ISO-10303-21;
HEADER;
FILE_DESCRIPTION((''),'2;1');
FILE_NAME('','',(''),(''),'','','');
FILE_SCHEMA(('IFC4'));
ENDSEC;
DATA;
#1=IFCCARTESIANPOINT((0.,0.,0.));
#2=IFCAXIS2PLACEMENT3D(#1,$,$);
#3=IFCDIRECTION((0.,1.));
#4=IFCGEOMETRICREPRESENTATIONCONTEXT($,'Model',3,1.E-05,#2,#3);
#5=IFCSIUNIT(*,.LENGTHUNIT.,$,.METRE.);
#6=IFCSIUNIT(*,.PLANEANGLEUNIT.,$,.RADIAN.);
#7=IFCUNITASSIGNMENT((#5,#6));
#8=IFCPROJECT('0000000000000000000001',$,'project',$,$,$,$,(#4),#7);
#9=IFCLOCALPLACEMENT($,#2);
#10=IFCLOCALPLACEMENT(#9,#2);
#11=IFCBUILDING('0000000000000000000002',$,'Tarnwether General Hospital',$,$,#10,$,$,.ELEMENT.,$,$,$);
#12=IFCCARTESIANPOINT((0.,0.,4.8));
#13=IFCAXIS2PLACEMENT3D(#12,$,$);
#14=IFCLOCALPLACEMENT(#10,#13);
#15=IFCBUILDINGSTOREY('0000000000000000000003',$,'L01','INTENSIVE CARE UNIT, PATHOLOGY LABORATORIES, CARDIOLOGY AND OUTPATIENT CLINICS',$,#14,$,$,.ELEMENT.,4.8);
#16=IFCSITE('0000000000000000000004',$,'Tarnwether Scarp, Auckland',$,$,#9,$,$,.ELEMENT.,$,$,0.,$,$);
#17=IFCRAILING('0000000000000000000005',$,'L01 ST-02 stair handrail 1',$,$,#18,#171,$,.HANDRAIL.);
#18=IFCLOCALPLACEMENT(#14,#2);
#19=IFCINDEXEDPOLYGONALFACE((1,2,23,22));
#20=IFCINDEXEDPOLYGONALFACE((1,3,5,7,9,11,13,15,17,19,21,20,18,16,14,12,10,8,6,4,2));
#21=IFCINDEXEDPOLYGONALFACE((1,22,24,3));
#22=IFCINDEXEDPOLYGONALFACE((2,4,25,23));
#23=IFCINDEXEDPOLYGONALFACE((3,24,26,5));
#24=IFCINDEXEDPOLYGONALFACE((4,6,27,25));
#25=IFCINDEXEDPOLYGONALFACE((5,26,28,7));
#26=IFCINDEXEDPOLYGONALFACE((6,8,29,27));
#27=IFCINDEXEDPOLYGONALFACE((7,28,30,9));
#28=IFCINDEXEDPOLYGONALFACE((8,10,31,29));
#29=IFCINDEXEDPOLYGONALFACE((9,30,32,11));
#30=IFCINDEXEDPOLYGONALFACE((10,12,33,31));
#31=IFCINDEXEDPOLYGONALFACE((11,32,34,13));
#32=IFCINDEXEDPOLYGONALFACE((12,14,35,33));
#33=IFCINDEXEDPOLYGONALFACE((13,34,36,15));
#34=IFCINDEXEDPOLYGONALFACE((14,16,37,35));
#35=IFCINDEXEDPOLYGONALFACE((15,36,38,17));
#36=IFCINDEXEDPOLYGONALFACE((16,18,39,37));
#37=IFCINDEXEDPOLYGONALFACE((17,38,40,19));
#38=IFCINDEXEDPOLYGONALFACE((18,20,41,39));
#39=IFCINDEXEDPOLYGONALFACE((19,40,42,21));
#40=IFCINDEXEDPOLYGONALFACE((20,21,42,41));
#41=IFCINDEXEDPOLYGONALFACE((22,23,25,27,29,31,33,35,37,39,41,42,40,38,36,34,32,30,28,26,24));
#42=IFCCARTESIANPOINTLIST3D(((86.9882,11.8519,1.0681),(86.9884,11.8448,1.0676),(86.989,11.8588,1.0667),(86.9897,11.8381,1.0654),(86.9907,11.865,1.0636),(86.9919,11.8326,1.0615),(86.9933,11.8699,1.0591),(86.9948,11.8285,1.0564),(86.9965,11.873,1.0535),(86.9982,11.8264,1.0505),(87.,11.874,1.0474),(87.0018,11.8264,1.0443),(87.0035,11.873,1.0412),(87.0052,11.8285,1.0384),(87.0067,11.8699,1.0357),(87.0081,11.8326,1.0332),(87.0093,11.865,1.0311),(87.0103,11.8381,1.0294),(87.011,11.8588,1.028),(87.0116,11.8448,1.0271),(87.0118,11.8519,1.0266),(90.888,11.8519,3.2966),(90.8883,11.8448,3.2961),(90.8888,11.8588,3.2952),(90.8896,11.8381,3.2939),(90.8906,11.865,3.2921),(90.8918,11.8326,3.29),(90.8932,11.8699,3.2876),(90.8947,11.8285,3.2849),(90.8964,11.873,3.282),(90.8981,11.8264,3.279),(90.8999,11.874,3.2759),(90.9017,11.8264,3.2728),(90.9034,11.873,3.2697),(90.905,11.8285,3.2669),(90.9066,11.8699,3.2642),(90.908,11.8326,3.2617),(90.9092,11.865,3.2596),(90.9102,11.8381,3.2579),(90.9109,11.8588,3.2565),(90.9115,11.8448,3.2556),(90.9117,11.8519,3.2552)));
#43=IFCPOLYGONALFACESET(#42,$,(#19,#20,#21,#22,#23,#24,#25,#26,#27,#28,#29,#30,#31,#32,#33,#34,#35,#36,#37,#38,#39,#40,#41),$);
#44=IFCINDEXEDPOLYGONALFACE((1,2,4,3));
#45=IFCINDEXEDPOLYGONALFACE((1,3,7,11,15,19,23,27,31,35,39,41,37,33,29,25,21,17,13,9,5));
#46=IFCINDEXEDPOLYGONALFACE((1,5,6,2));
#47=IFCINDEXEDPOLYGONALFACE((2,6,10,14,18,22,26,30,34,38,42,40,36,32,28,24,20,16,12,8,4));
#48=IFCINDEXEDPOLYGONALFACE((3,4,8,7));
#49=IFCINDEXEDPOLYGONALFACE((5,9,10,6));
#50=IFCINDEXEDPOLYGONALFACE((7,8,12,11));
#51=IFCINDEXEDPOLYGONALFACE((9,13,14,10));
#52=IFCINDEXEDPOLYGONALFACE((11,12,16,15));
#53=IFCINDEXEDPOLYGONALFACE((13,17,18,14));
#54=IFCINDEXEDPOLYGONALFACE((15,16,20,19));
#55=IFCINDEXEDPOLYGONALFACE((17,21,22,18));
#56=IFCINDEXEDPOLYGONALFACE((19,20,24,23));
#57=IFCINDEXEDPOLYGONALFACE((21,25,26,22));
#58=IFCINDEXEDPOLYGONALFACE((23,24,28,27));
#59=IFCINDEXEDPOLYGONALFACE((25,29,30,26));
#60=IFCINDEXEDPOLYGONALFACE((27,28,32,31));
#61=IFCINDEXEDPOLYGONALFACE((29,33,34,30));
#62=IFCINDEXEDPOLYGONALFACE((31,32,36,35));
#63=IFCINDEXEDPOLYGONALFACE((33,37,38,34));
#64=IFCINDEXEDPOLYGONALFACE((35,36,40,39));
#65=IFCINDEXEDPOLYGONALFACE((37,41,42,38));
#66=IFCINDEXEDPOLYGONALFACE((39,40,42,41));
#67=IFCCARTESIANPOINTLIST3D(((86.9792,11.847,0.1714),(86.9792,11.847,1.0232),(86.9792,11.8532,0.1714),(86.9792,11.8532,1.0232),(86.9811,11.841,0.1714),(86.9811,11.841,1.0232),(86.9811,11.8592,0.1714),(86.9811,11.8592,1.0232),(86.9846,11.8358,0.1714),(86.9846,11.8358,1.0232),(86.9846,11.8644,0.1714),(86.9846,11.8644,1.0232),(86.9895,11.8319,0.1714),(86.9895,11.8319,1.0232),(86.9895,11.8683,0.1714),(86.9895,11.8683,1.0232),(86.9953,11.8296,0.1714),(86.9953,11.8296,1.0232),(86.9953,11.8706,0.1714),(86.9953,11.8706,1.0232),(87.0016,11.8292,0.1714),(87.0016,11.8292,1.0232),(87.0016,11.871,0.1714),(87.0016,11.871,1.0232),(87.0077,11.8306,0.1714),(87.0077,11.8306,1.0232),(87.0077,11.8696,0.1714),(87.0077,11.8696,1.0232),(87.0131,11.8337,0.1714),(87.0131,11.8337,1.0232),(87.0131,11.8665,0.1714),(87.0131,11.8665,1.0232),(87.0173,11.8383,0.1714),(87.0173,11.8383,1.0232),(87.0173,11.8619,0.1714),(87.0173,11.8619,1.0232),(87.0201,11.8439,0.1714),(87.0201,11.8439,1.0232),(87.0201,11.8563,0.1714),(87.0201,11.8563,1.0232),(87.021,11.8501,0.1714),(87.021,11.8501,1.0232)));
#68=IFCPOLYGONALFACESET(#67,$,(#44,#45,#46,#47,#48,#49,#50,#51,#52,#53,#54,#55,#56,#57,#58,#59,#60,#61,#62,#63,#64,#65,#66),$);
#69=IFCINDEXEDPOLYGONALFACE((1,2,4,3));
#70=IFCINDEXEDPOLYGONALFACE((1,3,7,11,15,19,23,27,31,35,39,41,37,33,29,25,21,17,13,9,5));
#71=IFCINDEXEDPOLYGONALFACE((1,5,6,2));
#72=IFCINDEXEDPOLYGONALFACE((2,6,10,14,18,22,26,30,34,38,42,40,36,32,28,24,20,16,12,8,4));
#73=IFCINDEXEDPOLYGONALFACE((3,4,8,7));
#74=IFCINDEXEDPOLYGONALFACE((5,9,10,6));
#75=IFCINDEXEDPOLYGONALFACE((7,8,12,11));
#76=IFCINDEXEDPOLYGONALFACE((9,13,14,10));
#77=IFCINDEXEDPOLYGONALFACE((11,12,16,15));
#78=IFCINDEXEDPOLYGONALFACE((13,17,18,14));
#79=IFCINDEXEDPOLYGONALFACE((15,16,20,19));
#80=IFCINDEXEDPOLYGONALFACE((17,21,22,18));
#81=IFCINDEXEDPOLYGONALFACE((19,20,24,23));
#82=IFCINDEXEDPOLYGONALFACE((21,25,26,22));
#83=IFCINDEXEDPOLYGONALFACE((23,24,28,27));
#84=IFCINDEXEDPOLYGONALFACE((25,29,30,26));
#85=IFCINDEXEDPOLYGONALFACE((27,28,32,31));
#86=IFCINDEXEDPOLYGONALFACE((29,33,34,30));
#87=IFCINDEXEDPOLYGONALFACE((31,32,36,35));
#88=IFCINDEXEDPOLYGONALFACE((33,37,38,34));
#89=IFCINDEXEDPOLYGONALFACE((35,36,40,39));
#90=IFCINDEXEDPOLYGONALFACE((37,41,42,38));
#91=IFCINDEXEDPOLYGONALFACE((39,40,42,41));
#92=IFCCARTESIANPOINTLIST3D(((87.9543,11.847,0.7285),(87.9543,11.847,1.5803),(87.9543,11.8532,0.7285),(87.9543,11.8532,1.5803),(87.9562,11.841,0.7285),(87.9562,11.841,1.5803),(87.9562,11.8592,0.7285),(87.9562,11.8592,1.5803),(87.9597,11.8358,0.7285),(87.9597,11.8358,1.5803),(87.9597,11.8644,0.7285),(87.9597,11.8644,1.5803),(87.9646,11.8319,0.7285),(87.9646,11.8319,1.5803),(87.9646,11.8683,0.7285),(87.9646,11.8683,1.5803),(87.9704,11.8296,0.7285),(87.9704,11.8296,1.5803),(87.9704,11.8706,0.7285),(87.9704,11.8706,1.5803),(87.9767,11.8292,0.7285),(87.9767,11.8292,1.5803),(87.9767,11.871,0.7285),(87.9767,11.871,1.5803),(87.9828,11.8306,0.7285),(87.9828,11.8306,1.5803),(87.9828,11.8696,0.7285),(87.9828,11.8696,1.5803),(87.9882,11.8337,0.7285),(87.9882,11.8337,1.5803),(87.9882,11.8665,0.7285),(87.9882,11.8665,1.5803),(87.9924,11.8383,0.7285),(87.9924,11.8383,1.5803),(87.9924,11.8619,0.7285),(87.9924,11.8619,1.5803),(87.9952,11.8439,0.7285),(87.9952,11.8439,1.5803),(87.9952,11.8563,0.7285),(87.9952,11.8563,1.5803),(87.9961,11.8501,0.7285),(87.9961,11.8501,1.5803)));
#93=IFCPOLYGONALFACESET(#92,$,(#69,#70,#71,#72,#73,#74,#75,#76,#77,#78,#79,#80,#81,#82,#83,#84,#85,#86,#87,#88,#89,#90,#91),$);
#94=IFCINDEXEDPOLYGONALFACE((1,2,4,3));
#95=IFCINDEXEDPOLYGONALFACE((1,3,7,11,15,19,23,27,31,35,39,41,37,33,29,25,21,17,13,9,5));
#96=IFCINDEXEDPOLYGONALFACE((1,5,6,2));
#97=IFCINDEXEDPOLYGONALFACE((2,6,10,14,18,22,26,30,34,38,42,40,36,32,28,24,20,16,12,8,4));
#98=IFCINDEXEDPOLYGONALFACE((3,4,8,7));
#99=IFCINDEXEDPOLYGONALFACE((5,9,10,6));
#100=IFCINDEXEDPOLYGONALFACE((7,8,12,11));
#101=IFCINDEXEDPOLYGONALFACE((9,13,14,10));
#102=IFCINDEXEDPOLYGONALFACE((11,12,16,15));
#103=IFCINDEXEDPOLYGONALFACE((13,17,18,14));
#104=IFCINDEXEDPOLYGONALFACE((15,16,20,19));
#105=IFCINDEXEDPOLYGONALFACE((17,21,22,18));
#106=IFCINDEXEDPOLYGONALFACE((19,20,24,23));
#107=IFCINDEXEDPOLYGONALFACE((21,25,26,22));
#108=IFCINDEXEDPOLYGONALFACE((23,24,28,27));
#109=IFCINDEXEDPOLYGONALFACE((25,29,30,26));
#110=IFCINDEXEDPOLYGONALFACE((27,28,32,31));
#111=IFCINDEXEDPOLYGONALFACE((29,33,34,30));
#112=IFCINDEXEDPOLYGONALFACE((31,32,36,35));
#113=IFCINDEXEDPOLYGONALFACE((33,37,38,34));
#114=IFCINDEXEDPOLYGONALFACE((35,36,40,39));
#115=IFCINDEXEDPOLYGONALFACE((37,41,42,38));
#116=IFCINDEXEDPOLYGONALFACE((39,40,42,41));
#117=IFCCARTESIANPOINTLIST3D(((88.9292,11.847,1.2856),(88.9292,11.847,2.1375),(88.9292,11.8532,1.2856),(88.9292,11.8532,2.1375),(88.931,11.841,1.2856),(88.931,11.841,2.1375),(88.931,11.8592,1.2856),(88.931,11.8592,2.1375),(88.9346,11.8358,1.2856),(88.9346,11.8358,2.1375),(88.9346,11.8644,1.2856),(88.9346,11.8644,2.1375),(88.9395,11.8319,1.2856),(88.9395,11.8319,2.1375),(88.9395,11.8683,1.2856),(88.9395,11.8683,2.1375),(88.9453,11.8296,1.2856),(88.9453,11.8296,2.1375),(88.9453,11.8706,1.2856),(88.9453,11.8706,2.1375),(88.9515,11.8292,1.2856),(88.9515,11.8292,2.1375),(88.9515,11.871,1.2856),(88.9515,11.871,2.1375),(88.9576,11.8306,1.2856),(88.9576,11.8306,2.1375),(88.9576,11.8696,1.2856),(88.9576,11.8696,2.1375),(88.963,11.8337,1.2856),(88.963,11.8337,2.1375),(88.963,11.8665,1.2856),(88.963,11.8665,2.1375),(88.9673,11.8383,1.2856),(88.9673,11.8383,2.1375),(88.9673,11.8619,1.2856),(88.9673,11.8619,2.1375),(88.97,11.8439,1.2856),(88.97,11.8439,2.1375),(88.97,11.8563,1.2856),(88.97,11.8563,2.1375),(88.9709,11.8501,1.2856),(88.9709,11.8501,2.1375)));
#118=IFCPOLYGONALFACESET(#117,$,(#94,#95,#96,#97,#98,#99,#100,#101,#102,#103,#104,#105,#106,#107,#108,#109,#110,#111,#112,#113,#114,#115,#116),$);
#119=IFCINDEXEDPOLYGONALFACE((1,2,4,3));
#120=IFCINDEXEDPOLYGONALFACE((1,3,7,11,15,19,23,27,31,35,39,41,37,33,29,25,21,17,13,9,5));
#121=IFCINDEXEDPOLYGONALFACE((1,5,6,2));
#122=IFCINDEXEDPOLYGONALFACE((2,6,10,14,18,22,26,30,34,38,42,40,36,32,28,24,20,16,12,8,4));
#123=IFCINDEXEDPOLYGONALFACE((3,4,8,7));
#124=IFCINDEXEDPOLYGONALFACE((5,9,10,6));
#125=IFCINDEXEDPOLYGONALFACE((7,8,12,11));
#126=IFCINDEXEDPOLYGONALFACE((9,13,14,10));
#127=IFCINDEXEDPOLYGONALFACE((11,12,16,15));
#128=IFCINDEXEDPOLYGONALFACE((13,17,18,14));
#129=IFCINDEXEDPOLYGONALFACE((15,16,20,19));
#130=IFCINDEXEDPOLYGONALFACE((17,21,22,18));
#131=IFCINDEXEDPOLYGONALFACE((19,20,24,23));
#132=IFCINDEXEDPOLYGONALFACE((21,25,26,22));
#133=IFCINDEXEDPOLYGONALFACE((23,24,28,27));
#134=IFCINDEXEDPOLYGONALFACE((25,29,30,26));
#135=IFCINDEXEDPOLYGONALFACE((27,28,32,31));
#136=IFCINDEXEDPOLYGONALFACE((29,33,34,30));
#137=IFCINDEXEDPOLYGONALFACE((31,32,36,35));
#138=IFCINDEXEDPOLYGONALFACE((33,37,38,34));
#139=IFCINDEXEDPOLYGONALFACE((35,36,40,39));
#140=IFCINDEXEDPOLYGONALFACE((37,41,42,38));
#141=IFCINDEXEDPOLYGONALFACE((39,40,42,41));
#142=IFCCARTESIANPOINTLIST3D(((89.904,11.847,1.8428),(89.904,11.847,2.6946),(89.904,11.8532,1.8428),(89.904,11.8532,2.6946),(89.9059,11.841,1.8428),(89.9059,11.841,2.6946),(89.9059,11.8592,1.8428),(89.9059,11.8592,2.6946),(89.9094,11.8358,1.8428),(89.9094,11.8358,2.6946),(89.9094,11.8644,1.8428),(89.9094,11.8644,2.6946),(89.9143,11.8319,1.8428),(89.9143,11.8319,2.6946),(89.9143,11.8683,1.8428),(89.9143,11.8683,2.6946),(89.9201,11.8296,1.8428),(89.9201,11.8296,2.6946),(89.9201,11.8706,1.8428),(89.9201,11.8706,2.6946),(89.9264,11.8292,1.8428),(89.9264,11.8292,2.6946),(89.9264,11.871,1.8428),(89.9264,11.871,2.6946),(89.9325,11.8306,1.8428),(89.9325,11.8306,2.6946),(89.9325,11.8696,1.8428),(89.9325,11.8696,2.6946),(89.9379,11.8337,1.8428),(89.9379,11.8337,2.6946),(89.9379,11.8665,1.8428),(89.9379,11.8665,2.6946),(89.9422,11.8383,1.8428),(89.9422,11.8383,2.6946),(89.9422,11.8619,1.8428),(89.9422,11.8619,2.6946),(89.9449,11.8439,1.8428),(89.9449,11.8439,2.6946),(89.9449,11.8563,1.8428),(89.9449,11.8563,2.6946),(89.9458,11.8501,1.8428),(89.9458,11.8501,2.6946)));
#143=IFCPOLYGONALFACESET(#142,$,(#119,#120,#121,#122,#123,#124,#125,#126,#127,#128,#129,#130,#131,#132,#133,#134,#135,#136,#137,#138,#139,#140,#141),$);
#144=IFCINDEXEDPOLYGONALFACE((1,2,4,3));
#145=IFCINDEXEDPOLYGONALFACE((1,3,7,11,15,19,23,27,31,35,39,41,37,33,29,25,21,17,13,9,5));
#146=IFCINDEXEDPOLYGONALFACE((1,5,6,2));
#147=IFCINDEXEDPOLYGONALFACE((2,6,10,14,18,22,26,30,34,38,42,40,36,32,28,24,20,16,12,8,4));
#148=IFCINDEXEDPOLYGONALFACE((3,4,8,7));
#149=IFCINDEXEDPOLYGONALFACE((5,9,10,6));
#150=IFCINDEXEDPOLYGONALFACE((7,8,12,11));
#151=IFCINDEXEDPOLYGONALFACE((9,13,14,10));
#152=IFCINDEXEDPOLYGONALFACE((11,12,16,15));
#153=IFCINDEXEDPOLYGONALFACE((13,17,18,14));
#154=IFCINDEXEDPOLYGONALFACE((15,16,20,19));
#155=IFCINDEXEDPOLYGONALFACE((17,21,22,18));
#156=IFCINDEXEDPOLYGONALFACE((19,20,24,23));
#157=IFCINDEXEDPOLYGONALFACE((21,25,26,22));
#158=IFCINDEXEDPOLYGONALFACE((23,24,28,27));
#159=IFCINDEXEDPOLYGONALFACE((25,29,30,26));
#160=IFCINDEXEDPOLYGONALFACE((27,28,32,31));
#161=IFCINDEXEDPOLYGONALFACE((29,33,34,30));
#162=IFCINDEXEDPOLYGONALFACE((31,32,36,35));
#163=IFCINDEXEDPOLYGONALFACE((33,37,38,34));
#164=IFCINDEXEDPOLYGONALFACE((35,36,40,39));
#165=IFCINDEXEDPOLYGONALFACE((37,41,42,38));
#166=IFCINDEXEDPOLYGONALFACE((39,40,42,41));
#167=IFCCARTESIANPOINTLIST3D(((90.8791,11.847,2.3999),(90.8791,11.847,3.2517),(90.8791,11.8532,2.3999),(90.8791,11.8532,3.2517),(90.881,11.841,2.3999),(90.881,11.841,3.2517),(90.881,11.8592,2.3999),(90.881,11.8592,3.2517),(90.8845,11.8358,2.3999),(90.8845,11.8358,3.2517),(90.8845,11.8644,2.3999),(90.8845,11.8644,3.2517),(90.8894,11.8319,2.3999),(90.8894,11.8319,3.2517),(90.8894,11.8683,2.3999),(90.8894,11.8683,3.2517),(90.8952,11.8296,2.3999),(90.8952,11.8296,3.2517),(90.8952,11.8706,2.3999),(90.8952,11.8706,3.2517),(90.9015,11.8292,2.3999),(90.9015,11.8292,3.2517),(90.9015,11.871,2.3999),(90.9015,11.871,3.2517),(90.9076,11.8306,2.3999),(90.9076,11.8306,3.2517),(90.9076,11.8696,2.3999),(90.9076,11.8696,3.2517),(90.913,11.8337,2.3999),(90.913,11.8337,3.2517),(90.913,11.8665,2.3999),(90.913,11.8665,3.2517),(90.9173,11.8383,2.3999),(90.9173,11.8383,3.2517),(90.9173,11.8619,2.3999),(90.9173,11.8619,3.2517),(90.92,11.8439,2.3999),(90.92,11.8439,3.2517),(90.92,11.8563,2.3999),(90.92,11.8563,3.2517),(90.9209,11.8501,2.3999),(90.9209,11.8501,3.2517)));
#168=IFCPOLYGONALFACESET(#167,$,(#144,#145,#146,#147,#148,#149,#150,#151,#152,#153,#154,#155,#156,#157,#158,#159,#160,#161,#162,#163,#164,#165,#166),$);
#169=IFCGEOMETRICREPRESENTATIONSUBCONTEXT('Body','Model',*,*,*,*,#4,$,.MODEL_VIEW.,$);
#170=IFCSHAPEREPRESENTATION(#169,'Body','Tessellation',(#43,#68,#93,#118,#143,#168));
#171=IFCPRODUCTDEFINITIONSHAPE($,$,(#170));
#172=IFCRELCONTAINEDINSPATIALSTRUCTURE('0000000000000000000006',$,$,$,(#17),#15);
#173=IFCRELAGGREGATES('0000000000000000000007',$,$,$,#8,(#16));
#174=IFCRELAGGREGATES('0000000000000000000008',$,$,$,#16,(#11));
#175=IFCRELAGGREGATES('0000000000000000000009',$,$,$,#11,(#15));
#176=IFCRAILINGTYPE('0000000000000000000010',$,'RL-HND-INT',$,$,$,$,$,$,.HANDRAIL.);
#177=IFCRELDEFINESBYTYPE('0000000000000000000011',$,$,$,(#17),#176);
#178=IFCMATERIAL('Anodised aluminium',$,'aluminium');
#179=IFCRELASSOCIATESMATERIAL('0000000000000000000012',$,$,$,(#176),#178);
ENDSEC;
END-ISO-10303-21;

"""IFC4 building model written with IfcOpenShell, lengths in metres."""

from ifc_helpers import new_model, si_unit, direction, frame, origin, origin_2d, place, context, subcontext, project, spatial, circle, extrude, material, type_object, element, save


model = new_model("IFC4")

# Units and contexts
model_context = context("Model", 3, precision=1e-05, world=origin(), true_north=direction((0.0, 1.0)))
body_context = subcontext(model_context, "Body", "Model", "MODEL_VIEW")
ifc_project = project(units=[si_unit("LENGTHUNIT", "METRE"), si_unit("PLANEANGLEUNIT", "RADIAN")], contexts=[model_context])

# Site, building, storey
site_placement = place(None, origin())
site = spatial("IfcSite", under=ifc_project, at=site_placement, Name="Tarnwether Scarp, Auckland", CompositionType="ELEMENT", RefElevation=0.0)
building_placement = place(site_placement, origin())
building = spatial("IfcBuilding", under=site, at=building_placement, Name="Tarnwether General Hospital", CompositionType="ELEMENT")
storey_placement = place(building_placement, frame((0.0, 0.0, 4.8)))
storey = spatial("IfcBuildingStorey", under=building, at=storey_placement, Name="L01", Description="INTENSIVE CARE UNIT, PATHOLOGY LABORATORIES, CARDIOLOGY AND OUTPATIENT CLINICS", CompositionType="ELEMENT", Elevation=4.8)

# Railing
ifc_material_1 = material(Name="Anodised aluminium", Category="aluminium")
railing_type_1 = type_object("IfcRailingType", Name="RL-HND-INT", PredefinedType="HANDRAIL", material=ifc_material_1)
railing_1_placement = place(storey_placement, frame((87.0, 11.8501, 0.1714)))
element("IfcRailing", 1, at=railing_1_placement, inside=storey, type_object=railing_type_1, Name="L01 ST-02 stair handrail 1", PredefinedType="HANDRAIL", context=body_context, shape_type="SweptSolid", body=[
    extrude(circle(Radius=0.0239, at=origin_2d()), frame((0.0, 0.0, 0.876), z_axis=(0.868243, 0.0, 0.496139), x_axis=(0.0, 1.0, 0.0)), (0.0, 0.0, 1.0), 4.4917),
    extrude(circle(Radius=0.021, at=origin_2d()), origin(), (0.0, 0.0, 1.0), 0.8518),
    extrude(circle(Radius=0.021, at=origin_2d()), frame((0.9751, 0.0, 0.5571)), (0.0, 0.0, 1.0), 0.8518),
    extrude(circle(Radius=0.021, at=origin_2d()), frame((1.95, 0.0, 1.1143)), (0.0, 0.0, 1.0), 0.8518),
    extrude(circle(Radius=0.021, at=origin_2d()), frame((2.9248, 0.0, 1.6714)), (0.0, 0.0, 1.0), 0.8518),
    extrude(circle(Radius=0.021, at=origin_2d()), frame((3.8999, 0.0, 2.2285)), (0.0, 0.0, 1.0), 0.8518),
])

save(model, "model.ifc")
